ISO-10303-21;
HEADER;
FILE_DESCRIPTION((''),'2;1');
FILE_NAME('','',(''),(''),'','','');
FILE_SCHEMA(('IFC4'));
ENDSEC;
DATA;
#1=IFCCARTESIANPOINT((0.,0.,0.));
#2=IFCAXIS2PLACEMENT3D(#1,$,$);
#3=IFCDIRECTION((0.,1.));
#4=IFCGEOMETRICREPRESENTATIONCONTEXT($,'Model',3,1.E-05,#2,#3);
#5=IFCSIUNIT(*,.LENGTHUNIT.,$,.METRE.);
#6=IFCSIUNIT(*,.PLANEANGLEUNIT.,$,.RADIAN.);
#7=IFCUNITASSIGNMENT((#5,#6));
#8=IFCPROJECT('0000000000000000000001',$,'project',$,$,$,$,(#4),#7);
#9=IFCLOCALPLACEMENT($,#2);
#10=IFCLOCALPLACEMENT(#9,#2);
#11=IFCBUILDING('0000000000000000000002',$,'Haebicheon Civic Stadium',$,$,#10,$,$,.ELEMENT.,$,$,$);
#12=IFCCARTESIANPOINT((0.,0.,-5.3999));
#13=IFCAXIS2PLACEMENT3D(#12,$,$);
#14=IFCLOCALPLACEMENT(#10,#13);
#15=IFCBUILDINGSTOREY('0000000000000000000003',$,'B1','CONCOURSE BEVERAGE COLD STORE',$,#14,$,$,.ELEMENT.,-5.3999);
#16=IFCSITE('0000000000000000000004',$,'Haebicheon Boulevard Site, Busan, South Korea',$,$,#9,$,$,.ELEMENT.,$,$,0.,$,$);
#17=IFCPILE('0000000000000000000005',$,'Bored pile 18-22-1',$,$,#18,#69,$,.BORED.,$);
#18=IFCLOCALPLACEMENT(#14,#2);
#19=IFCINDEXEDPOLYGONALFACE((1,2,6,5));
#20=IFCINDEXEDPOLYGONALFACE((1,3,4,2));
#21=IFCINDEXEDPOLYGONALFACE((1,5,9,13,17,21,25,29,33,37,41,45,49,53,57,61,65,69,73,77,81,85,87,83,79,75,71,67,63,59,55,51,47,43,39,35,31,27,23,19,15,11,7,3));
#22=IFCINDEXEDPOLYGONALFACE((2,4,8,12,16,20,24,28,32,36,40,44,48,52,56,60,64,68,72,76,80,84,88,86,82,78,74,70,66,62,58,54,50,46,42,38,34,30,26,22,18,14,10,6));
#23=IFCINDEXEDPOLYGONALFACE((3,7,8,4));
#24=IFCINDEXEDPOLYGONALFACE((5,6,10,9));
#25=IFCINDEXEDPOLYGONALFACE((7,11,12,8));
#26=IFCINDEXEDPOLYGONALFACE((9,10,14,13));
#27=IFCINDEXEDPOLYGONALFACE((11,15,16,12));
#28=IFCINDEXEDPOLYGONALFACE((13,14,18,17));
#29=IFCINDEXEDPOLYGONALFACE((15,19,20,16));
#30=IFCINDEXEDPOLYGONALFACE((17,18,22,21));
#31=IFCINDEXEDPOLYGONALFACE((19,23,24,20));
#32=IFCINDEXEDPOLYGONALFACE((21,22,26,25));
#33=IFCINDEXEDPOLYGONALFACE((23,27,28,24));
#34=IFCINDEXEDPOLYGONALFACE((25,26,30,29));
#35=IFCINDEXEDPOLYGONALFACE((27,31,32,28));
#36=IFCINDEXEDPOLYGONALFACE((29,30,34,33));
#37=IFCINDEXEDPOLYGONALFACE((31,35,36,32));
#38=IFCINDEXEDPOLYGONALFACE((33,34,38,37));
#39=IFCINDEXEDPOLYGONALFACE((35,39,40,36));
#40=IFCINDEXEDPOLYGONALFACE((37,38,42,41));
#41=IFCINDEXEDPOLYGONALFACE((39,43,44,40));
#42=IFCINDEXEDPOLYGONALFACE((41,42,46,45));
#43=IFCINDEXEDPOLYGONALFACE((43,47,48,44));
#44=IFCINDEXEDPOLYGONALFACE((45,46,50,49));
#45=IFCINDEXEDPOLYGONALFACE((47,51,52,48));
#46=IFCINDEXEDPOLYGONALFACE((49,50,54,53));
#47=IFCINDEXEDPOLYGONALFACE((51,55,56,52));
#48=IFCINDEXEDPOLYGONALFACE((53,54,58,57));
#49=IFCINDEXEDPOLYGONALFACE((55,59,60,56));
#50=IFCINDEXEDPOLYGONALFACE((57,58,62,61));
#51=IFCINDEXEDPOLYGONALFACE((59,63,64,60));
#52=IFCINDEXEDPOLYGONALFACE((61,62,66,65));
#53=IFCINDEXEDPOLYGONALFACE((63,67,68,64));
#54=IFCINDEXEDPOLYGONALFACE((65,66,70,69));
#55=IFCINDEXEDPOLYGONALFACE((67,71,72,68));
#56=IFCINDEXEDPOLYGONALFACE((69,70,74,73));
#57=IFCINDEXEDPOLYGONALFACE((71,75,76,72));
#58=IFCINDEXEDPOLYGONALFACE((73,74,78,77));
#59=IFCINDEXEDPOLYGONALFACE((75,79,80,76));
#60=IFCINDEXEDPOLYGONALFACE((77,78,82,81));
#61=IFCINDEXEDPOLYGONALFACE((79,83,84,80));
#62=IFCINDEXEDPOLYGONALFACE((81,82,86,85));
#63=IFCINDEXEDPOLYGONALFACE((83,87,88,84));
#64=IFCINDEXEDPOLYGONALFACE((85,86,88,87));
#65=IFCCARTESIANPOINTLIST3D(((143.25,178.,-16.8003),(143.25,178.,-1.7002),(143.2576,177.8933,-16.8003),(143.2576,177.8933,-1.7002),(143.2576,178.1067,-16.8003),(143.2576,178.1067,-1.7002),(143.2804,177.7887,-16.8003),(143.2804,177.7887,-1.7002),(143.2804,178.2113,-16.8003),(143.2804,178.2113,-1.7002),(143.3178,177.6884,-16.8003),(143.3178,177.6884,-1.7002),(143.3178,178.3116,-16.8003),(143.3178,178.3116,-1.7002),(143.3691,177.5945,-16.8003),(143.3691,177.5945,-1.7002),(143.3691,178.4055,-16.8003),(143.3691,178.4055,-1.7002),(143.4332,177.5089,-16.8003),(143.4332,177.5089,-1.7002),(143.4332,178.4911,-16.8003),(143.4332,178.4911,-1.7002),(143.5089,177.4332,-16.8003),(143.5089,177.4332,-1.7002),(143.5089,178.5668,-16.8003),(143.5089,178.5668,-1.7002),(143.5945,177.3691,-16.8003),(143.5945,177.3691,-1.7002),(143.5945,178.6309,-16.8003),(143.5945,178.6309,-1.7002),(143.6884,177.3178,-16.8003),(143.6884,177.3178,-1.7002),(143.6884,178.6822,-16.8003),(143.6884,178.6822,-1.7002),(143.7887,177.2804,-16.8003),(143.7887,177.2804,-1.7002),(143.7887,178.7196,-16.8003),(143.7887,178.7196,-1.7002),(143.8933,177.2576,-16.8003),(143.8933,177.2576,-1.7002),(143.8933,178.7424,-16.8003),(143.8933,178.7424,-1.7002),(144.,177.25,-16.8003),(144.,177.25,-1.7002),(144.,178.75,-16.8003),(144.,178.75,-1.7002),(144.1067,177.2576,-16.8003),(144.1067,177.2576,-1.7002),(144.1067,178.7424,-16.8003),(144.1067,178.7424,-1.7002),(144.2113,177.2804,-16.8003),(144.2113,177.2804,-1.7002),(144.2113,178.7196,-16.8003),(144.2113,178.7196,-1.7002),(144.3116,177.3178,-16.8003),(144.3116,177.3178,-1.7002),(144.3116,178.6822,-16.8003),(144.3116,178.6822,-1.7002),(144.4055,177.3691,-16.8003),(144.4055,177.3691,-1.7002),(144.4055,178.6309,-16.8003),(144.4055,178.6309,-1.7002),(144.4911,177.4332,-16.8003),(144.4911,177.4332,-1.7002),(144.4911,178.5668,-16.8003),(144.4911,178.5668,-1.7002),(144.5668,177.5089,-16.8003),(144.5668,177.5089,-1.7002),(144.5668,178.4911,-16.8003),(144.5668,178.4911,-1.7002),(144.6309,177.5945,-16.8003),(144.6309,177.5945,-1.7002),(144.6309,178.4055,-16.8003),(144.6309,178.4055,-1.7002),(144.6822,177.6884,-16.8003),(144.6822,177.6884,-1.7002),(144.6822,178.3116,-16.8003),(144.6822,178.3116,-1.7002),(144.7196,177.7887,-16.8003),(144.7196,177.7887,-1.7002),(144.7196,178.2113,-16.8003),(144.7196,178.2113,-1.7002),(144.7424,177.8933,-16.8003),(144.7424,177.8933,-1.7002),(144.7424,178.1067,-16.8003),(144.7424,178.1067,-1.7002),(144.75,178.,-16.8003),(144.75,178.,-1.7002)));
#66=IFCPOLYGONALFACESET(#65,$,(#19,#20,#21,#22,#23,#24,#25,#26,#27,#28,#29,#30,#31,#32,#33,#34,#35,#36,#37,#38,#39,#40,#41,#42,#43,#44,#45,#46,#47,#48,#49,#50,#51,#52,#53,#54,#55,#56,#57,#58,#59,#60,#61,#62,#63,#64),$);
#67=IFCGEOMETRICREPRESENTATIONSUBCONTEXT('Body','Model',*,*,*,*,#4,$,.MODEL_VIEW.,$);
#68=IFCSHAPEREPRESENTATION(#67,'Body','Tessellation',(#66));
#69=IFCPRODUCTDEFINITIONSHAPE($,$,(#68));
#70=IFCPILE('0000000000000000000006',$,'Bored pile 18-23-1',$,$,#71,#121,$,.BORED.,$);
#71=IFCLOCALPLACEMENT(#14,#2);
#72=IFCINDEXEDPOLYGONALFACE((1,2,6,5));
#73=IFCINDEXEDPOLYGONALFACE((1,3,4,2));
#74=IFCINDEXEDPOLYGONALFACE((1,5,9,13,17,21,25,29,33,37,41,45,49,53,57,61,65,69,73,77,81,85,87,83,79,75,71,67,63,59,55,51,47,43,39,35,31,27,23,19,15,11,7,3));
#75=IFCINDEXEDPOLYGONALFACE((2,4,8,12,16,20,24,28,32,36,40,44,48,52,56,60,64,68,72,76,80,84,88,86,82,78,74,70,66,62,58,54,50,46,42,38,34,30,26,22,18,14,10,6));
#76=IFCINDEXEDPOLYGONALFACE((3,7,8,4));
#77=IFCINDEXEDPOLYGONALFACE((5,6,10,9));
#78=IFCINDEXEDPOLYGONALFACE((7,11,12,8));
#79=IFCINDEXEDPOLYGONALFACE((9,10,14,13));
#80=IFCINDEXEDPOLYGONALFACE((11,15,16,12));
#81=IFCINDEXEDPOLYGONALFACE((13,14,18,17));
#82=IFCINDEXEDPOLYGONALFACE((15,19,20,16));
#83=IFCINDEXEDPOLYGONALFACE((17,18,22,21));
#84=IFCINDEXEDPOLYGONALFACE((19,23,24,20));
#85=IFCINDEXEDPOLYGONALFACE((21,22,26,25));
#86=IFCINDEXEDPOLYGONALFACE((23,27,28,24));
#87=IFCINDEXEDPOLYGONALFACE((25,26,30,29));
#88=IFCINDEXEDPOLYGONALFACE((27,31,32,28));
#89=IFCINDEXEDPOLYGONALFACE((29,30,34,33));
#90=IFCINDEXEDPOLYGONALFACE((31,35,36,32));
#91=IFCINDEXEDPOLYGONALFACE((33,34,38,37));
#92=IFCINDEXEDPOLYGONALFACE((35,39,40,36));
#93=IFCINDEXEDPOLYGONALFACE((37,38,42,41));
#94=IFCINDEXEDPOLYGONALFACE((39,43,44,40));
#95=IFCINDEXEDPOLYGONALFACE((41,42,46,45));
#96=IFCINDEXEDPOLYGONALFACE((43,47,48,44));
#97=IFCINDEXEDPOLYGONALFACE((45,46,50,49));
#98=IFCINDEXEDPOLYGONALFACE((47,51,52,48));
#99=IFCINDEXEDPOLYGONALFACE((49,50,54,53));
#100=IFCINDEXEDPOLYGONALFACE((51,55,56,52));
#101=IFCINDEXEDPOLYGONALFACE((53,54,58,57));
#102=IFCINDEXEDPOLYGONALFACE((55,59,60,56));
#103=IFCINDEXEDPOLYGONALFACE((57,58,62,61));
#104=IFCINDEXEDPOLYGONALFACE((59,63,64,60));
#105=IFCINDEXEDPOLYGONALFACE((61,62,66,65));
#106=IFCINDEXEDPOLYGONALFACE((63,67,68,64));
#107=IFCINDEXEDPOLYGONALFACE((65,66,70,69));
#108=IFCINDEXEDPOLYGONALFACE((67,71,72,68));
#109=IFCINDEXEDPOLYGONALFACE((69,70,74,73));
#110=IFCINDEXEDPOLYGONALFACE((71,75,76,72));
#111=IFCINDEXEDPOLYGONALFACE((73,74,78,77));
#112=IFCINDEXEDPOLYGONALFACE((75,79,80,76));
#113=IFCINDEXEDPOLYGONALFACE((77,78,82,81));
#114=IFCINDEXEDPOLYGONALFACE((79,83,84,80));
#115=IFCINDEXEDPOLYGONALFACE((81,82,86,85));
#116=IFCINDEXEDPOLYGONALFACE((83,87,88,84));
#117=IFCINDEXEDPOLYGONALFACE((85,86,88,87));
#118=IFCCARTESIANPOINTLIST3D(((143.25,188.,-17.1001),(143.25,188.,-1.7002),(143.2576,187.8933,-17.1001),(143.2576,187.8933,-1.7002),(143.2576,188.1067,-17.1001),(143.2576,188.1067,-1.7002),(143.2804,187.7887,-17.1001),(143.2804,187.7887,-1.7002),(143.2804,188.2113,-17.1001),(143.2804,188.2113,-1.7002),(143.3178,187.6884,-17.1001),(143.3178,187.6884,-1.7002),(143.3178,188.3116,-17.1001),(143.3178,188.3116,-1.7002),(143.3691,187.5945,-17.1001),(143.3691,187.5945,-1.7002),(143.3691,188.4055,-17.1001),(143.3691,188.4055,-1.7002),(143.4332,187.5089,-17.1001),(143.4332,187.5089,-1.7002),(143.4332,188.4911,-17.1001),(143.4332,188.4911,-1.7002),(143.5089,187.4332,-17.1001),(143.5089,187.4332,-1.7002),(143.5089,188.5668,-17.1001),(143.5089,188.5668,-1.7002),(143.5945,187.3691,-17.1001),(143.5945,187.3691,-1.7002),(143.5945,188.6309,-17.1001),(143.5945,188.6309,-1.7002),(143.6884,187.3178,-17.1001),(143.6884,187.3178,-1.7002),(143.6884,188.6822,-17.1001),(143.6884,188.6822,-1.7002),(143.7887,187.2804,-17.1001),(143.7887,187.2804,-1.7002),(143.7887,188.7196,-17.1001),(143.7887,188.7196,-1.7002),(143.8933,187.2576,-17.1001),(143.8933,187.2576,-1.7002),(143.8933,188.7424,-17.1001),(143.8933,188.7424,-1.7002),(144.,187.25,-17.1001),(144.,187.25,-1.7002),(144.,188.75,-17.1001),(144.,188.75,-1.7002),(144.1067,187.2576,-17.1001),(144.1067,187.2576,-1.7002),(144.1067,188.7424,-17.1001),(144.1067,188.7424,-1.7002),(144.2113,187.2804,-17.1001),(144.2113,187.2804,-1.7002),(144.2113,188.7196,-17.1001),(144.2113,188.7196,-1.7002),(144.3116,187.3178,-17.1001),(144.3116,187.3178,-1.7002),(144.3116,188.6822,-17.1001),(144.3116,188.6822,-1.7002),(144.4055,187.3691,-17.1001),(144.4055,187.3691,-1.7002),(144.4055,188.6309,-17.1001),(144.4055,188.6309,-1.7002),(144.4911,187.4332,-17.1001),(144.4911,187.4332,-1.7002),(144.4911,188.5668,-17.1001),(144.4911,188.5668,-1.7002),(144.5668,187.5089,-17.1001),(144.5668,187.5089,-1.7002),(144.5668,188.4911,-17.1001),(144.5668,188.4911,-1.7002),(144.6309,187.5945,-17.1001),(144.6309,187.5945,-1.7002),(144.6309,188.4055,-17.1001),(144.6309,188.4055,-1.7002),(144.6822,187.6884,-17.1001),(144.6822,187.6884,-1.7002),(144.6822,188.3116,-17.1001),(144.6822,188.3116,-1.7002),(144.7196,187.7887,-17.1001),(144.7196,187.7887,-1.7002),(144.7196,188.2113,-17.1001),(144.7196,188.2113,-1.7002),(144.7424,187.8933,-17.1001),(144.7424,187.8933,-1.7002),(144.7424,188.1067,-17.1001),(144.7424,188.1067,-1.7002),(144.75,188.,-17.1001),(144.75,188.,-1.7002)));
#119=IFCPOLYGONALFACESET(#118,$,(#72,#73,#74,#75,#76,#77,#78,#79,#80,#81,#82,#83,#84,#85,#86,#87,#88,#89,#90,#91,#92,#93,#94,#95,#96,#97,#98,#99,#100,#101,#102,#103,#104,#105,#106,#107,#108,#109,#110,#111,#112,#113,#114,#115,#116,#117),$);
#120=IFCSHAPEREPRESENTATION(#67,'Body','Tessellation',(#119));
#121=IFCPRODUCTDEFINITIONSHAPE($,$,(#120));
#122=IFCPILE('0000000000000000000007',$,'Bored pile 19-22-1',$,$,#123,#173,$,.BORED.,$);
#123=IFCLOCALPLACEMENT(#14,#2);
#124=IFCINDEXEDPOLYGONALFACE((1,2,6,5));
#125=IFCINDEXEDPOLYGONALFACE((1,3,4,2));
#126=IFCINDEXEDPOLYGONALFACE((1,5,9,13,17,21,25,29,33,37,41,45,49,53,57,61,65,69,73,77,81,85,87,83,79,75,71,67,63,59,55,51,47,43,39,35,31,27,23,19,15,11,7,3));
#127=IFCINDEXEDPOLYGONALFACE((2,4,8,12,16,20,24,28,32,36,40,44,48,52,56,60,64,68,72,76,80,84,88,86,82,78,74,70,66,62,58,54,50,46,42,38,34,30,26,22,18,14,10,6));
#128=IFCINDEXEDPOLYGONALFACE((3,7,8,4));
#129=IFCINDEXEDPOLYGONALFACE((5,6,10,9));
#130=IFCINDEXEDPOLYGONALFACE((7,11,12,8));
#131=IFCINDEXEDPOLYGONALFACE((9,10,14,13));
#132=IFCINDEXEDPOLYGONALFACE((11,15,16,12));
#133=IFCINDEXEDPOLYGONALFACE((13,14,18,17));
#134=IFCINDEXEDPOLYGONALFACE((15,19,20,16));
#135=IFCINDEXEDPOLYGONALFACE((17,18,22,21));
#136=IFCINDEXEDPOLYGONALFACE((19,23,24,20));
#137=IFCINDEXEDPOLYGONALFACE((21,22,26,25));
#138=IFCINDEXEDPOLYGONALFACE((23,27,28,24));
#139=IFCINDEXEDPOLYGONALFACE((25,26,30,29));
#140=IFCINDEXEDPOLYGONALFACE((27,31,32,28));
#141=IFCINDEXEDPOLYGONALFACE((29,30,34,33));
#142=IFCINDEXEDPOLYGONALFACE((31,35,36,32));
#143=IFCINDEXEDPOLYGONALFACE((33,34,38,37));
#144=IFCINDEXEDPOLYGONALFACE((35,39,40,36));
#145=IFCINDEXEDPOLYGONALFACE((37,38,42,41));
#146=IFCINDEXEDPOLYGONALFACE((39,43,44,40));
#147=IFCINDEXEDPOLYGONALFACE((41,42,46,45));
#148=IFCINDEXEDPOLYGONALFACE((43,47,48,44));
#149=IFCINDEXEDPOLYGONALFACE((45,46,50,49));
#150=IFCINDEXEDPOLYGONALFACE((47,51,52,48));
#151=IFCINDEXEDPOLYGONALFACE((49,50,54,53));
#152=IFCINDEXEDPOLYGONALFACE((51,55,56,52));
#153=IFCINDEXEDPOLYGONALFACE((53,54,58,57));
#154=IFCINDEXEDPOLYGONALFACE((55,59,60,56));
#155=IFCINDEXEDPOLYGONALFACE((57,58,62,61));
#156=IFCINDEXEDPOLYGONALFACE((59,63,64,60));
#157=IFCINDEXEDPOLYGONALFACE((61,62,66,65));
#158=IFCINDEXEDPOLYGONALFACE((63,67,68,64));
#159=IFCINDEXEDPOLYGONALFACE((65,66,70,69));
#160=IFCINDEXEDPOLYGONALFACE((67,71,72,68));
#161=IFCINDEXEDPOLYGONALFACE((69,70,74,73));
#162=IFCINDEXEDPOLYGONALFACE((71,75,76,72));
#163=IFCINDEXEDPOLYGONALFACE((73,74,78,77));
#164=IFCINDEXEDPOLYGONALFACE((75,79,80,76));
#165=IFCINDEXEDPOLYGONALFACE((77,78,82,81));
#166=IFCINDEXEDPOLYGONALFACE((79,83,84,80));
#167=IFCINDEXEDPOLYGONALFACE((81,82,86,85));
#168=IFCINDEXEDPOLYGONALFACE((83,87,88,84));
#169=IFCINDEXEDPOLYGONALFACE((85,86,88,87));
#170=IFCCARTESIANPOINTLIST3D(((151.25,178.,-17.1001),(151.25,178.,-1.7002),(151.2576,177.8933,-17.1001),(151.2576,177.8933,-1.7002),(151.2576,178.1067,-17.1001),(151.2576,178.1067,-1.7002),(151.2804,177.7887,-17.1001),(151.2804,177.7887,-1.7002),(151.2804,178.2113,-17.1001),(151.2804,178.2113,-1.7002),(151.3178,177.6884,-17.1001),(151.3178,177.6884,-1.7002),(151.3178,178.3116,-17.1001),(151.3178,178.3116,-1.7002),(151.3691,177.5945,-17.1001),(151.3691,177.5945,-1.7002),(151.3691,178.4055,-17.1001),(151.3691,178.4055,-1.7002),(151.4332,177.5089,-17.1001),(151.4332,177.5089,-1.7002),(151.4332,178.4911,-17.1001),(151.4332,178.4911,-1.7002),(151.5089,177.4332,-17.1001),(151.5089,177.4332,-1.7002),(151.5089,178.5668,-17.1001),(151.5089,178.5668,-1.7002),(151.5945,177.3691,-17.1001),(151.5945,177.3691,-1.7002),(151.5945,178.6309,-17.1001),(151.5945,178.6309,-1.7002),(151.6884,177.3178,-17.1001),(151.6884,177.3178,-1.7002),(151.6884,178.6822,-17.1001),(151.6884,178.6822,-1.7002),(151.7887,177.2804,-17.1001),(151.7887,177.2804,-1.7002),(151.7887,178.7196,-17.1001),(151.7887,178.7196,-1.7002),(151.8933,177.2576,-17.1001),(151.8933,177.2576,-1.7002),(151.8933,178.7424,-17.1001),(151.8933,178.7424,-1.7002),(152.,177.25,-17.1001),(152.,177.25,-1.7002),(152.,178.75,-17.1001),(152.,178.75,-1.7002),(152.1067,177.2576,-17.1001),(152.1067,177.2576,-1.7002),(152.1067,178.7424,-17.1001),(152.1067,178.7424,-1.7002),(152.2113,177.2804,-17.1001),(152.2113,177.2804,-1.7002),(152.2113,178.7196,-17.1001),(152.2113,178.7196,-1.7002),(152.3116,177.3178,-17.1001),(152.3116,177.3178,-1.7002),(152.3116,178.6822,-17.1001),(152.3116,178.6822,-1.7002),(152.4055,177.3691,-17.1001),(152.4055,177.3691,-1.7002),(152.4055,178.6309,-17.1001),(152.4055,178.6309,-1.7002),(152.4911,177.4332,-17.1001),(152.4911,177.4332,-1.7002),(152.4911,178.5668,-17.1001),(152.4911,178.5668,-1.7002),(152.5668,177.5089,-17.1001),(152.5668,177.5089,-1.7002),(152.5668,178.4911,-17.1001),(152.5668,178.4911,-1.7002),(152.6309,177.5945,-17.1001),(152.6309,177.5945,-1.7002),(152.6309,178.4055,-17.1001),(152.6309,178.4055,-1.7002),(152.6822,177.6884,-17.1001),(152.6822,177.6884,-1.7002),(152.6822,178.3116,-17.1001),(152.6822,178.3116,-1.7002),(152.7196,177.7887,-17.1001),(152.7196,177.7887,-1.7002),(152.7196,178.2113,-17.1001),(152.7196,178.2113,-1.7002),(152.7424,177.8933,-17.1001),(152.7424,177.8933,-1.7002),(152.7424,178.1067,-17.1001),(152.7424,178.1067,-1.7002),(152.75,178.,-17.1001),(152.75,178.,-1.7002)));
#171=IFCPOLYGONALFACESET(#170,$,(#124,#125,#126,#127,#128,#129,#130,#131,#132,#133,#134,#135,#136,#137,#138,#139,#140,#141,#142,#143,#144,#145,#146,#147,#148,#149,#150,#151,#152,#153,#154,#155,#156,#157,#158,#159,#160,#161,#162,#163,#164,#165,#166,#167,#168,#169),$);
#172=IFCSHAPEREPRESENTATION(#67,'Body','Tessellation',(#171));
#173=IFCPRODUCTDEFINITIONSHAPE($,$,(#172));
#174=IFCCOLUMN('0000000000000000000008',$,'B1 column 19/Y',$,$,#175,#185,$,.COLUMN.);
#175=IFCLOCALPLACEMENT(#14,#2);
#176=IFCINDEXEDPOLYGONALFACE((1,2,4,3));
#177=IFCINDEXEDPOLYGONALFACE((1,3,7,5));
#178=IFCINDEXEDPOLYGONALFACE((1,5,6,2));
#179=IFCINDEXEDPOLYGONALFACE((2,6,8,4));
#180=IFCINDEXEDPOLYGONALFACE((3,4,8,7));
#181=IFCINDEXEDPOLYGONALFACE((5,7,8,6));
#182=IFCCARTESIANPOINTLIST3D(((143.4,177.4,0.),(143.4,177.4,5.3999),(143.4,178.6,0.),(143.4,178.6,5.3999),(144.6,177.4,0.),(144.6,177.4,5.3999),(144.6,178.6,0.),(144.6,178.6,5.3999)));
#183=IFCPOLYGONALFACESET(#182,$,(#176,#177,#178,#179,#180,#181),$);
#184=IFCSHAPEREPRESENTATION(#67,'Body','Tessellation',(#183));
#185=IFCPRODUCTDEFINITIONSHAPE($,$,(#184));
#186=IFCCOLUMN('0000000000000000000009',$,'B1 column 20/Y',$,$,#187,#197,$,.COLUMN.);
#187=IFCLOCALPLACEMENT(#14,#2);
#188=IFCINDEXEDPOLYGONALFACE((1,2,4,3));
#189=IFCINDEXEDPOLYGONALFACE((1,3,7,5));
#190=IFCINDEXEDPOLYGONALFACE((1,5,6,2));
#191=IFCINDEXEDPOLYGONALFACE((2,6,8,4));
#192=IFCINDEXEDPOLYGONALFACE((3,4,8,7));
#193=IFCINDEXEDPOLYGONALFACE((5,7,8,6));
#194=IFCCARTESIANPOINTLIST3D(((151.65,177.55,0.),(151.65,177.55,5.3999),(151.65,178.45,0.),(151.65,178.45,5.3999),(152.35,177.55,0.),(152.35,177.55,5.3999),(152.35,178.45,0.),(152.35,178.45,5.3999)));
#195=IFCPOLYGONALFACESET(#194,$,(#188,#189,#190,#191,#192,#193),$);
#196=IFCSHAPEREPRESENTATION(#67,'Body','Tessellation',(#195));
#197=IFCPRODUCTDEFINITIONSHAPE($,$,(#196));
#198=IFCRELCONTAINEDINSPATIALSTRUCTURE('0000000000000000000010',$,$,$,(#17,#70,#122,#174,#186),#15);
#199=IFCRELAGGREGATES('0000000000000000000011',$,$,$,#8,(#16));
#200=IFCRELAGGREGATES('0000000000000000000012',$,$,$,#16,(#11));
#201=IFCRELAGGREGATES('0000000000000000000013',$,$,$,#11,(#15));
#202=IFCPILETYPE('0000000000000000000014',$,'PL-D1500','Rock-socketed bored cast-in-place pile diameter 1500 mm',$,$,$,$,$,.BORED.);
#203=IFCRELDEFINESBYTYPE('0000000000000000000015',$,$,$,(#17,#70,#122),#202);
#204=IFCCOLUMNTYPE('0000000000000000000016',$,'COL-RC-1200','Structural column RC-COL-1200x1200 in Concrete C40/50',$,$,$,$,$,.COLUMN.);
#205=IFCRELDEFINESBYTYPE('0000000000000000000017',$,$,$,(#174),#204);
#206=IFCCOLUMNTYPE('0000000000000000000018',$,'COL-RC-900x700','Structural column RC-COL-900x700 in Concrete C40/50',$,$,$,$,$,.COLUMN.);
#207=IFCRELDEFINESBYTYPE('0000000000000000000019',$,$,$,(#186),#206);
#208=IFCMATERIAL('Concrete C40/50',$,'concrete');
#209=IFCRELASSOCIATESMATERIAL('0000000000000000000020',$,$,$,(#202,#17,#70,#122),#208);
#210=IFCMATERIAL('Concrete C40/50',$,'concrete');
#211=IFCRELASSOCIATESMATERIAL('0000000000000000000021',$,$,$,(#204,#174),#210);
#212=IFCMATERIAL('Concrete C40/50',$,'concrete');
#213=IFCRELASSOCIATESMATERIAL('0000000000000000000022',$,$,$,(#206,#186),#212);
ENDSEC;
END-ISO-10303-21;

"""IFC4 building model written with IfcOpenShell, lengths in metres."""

from ifc_helpers import new_model, si_unit, direction, frame, origin, origin_2d, place, context, subcontext, project, spatial, rectangle, circle, extrude, material, material_profile, profile_set, type_object, element, save


model = new_model("IFC4")

# Units and contexts
model_context = context("Model", 3, precision=1e-05, world=origin(), true_north=direction((0.0, 1.0)))
body_context = subcontext(model_context, "Body", "Model", "MODEL_VIEW")
ifc_project = project(units=[si_unit("LENGTHUNIT", "METRE"), si_unit("PLANEANGLEUNIT", "RADIAN")], contexts=[model_context])

# Site, building, storey
site_placement = place(None, origin())
site = spatial("IfcSite", under=ifc_project, at=site_placement, Name="Haebicheon Boulevard Site, Busan, South Korea", CompositionType="ELEMENT", RefElevation=0.0)
building_placement = place(site_placement, origin())
building = spatial("IfcBuilding", under=site, at=building_placement, Name="Haebicheon Civic Stadium", CompositionType="ELEMENT")
storey_placement = place(building_placement, frame((0.0, 0.0, -5.3999)))
storey = spatial("IfcBuildingStorey", under=building, at=storey_placement, Name="B1", Description="CONCOURSE BEVERAGE COLD STORE", CompositionType="ELEMENT", Elevation=-5.3999)

# Piles
ifc_material_1 = material(Name="Concrete C40/50", Category="concrete")
ifc_material_profile_1 = material_profile(ifc_material_1, circle(Radius=0.75, at=origin_2d()), Name="PILE-D1500")
ifc_profile_set_1 = profile_set([ifc_material_profile_1], Name="Concrete C40/50")
pile_type_1 = type_object("IfcPileType", Name="PL-D1500", Description="Rock-socketed bored cast-in-place pile diameter 1500 mm", PredefinedType="BORED", material=ifc_profile_set_1)
pile_placement = place(storey_placement, frame((144.0, 178.0, -1.7002), z_axis=(0.0, 0.0, -1.0), x_axis=(1.0, 0.0, 0.0)))
element("IfcPile", 1, at=pile_placement, inside=storey, type_object=pile_type_1, material=ifc_profile_set_1, Name="Bored pile 18-22-1", PredefinedType="BORED", context=body_context, shape_type="SweptSolid", body=[
    extrude(circle(Radius=0.75, at=origin_2d()), origin(), (0.0, 0.0, 1.0), 15.1001),
])
for number, where, z_axis, x_axis, name in (
    (2, (144.0, 188.0, -1.7002), (0.0, 0.0, -1.0), (1.0, 0.0, 0.0), "Bored pile 18-23-1"),
    (3, (152.0, 178.0, -1.7002), (0.0, 0.0, -1.0), (1.0, 0.0, 0.0), "Bored pile 19-22-1"),
):
    element("IfcPile", number, at=place(storey_placement, frame(where, z_axis=z_axis, x_axis=x_axis)), inside=storey, type_object=pile_type_1, material=ifc_profile_set_1, Name=name, PredefinedType="BORED", context=body_context, shape_type="SweptSolid", body=[
        extrude(circle(Radius=0.75, at=origin_2d()), origin(), (0.0, 0.0, 1.0), 15.3999),
    ])

# Columns
ifc_material_2 = material(Name="Concrete C40/50", Category="concrete")
ifc_material_profile_2 = material_profile(ifc_material_2, rectangle(XDim=1.2, YDim=1.2, at=origin_2d()), Name="RC-COL-1200x1200")
ifc_profile_set_2 = profile_set([ifc_material_profile_2], Name="Concrete C40/50")
column_type_1 = type_object("IfcColumnType", Name="COL-RC-1200", Description="Structural column RC-COL-1200x1200 in Concrete C40/50", PredefinedType="COLUMN", material=ifc_profile_set_2)
column_1_placement = place(storey_placement, frame((144.0, 178.0, 0.0), z_axis=(0.0, 0.0, 1.0), x_axis=(1.0, 0.0, 0.0)))
element("IfcColumn", 4, at=column_1_placement, inside=storey, type_object=column_type_1, material=ifc_profile_set_2, Name="B1 column 19/Y", PredefinedType="COLUMN", context=body_context, shape_type="SweptSolid", body=[
    extrude(rectangle(XDim=1.2, YDim=1.2, at=origin_2d()), origin(), (0.0, 0.0, 1.0), 5.3999),
])
ifc_material_3 = material(Name="Concrete C40/50", Category="concrete")
ifc_material_profile_3 = material_profile(ifc_material_3, rectangle(XDim=0.7, YDim=0.8999, at=origin_2d()), Name="RC-COL-900x700")
ifc_profile_set_3 = profile_set([ifc_material_profile_3], Name="Concrete C40/50")
column_type_2 = type_object("IfcColumnType", Name="COL-RC-900x700", Description="Structural column RC-COL-900x700 in Concrete C40/50", PredefinedType="COLUMN", material=ifc_profile_set_3)
column_2_placement = place(storey_placement, frame((152.0, 178.0, 0.0), z_axis=(0.0, 0.0, 1.0), x_axis=(1.0, 0.0, 0.0)))
element("IfcColumn", 5, at=column_2_placement, inside=storey, type_object=column_type_2, material=ifc_profile_set_3, Name="B1 column 20/Y", PredefinedType="COLUMN", context=body_context, shape_type="SweptSolid", body=[
    extrude(rectangle(XDim=0.7, YDim=0.8999, at=origin_2d()), origin(), (0.0, 0.0, 1.0), 5.3999),
])

save(model, "model.ifc")
